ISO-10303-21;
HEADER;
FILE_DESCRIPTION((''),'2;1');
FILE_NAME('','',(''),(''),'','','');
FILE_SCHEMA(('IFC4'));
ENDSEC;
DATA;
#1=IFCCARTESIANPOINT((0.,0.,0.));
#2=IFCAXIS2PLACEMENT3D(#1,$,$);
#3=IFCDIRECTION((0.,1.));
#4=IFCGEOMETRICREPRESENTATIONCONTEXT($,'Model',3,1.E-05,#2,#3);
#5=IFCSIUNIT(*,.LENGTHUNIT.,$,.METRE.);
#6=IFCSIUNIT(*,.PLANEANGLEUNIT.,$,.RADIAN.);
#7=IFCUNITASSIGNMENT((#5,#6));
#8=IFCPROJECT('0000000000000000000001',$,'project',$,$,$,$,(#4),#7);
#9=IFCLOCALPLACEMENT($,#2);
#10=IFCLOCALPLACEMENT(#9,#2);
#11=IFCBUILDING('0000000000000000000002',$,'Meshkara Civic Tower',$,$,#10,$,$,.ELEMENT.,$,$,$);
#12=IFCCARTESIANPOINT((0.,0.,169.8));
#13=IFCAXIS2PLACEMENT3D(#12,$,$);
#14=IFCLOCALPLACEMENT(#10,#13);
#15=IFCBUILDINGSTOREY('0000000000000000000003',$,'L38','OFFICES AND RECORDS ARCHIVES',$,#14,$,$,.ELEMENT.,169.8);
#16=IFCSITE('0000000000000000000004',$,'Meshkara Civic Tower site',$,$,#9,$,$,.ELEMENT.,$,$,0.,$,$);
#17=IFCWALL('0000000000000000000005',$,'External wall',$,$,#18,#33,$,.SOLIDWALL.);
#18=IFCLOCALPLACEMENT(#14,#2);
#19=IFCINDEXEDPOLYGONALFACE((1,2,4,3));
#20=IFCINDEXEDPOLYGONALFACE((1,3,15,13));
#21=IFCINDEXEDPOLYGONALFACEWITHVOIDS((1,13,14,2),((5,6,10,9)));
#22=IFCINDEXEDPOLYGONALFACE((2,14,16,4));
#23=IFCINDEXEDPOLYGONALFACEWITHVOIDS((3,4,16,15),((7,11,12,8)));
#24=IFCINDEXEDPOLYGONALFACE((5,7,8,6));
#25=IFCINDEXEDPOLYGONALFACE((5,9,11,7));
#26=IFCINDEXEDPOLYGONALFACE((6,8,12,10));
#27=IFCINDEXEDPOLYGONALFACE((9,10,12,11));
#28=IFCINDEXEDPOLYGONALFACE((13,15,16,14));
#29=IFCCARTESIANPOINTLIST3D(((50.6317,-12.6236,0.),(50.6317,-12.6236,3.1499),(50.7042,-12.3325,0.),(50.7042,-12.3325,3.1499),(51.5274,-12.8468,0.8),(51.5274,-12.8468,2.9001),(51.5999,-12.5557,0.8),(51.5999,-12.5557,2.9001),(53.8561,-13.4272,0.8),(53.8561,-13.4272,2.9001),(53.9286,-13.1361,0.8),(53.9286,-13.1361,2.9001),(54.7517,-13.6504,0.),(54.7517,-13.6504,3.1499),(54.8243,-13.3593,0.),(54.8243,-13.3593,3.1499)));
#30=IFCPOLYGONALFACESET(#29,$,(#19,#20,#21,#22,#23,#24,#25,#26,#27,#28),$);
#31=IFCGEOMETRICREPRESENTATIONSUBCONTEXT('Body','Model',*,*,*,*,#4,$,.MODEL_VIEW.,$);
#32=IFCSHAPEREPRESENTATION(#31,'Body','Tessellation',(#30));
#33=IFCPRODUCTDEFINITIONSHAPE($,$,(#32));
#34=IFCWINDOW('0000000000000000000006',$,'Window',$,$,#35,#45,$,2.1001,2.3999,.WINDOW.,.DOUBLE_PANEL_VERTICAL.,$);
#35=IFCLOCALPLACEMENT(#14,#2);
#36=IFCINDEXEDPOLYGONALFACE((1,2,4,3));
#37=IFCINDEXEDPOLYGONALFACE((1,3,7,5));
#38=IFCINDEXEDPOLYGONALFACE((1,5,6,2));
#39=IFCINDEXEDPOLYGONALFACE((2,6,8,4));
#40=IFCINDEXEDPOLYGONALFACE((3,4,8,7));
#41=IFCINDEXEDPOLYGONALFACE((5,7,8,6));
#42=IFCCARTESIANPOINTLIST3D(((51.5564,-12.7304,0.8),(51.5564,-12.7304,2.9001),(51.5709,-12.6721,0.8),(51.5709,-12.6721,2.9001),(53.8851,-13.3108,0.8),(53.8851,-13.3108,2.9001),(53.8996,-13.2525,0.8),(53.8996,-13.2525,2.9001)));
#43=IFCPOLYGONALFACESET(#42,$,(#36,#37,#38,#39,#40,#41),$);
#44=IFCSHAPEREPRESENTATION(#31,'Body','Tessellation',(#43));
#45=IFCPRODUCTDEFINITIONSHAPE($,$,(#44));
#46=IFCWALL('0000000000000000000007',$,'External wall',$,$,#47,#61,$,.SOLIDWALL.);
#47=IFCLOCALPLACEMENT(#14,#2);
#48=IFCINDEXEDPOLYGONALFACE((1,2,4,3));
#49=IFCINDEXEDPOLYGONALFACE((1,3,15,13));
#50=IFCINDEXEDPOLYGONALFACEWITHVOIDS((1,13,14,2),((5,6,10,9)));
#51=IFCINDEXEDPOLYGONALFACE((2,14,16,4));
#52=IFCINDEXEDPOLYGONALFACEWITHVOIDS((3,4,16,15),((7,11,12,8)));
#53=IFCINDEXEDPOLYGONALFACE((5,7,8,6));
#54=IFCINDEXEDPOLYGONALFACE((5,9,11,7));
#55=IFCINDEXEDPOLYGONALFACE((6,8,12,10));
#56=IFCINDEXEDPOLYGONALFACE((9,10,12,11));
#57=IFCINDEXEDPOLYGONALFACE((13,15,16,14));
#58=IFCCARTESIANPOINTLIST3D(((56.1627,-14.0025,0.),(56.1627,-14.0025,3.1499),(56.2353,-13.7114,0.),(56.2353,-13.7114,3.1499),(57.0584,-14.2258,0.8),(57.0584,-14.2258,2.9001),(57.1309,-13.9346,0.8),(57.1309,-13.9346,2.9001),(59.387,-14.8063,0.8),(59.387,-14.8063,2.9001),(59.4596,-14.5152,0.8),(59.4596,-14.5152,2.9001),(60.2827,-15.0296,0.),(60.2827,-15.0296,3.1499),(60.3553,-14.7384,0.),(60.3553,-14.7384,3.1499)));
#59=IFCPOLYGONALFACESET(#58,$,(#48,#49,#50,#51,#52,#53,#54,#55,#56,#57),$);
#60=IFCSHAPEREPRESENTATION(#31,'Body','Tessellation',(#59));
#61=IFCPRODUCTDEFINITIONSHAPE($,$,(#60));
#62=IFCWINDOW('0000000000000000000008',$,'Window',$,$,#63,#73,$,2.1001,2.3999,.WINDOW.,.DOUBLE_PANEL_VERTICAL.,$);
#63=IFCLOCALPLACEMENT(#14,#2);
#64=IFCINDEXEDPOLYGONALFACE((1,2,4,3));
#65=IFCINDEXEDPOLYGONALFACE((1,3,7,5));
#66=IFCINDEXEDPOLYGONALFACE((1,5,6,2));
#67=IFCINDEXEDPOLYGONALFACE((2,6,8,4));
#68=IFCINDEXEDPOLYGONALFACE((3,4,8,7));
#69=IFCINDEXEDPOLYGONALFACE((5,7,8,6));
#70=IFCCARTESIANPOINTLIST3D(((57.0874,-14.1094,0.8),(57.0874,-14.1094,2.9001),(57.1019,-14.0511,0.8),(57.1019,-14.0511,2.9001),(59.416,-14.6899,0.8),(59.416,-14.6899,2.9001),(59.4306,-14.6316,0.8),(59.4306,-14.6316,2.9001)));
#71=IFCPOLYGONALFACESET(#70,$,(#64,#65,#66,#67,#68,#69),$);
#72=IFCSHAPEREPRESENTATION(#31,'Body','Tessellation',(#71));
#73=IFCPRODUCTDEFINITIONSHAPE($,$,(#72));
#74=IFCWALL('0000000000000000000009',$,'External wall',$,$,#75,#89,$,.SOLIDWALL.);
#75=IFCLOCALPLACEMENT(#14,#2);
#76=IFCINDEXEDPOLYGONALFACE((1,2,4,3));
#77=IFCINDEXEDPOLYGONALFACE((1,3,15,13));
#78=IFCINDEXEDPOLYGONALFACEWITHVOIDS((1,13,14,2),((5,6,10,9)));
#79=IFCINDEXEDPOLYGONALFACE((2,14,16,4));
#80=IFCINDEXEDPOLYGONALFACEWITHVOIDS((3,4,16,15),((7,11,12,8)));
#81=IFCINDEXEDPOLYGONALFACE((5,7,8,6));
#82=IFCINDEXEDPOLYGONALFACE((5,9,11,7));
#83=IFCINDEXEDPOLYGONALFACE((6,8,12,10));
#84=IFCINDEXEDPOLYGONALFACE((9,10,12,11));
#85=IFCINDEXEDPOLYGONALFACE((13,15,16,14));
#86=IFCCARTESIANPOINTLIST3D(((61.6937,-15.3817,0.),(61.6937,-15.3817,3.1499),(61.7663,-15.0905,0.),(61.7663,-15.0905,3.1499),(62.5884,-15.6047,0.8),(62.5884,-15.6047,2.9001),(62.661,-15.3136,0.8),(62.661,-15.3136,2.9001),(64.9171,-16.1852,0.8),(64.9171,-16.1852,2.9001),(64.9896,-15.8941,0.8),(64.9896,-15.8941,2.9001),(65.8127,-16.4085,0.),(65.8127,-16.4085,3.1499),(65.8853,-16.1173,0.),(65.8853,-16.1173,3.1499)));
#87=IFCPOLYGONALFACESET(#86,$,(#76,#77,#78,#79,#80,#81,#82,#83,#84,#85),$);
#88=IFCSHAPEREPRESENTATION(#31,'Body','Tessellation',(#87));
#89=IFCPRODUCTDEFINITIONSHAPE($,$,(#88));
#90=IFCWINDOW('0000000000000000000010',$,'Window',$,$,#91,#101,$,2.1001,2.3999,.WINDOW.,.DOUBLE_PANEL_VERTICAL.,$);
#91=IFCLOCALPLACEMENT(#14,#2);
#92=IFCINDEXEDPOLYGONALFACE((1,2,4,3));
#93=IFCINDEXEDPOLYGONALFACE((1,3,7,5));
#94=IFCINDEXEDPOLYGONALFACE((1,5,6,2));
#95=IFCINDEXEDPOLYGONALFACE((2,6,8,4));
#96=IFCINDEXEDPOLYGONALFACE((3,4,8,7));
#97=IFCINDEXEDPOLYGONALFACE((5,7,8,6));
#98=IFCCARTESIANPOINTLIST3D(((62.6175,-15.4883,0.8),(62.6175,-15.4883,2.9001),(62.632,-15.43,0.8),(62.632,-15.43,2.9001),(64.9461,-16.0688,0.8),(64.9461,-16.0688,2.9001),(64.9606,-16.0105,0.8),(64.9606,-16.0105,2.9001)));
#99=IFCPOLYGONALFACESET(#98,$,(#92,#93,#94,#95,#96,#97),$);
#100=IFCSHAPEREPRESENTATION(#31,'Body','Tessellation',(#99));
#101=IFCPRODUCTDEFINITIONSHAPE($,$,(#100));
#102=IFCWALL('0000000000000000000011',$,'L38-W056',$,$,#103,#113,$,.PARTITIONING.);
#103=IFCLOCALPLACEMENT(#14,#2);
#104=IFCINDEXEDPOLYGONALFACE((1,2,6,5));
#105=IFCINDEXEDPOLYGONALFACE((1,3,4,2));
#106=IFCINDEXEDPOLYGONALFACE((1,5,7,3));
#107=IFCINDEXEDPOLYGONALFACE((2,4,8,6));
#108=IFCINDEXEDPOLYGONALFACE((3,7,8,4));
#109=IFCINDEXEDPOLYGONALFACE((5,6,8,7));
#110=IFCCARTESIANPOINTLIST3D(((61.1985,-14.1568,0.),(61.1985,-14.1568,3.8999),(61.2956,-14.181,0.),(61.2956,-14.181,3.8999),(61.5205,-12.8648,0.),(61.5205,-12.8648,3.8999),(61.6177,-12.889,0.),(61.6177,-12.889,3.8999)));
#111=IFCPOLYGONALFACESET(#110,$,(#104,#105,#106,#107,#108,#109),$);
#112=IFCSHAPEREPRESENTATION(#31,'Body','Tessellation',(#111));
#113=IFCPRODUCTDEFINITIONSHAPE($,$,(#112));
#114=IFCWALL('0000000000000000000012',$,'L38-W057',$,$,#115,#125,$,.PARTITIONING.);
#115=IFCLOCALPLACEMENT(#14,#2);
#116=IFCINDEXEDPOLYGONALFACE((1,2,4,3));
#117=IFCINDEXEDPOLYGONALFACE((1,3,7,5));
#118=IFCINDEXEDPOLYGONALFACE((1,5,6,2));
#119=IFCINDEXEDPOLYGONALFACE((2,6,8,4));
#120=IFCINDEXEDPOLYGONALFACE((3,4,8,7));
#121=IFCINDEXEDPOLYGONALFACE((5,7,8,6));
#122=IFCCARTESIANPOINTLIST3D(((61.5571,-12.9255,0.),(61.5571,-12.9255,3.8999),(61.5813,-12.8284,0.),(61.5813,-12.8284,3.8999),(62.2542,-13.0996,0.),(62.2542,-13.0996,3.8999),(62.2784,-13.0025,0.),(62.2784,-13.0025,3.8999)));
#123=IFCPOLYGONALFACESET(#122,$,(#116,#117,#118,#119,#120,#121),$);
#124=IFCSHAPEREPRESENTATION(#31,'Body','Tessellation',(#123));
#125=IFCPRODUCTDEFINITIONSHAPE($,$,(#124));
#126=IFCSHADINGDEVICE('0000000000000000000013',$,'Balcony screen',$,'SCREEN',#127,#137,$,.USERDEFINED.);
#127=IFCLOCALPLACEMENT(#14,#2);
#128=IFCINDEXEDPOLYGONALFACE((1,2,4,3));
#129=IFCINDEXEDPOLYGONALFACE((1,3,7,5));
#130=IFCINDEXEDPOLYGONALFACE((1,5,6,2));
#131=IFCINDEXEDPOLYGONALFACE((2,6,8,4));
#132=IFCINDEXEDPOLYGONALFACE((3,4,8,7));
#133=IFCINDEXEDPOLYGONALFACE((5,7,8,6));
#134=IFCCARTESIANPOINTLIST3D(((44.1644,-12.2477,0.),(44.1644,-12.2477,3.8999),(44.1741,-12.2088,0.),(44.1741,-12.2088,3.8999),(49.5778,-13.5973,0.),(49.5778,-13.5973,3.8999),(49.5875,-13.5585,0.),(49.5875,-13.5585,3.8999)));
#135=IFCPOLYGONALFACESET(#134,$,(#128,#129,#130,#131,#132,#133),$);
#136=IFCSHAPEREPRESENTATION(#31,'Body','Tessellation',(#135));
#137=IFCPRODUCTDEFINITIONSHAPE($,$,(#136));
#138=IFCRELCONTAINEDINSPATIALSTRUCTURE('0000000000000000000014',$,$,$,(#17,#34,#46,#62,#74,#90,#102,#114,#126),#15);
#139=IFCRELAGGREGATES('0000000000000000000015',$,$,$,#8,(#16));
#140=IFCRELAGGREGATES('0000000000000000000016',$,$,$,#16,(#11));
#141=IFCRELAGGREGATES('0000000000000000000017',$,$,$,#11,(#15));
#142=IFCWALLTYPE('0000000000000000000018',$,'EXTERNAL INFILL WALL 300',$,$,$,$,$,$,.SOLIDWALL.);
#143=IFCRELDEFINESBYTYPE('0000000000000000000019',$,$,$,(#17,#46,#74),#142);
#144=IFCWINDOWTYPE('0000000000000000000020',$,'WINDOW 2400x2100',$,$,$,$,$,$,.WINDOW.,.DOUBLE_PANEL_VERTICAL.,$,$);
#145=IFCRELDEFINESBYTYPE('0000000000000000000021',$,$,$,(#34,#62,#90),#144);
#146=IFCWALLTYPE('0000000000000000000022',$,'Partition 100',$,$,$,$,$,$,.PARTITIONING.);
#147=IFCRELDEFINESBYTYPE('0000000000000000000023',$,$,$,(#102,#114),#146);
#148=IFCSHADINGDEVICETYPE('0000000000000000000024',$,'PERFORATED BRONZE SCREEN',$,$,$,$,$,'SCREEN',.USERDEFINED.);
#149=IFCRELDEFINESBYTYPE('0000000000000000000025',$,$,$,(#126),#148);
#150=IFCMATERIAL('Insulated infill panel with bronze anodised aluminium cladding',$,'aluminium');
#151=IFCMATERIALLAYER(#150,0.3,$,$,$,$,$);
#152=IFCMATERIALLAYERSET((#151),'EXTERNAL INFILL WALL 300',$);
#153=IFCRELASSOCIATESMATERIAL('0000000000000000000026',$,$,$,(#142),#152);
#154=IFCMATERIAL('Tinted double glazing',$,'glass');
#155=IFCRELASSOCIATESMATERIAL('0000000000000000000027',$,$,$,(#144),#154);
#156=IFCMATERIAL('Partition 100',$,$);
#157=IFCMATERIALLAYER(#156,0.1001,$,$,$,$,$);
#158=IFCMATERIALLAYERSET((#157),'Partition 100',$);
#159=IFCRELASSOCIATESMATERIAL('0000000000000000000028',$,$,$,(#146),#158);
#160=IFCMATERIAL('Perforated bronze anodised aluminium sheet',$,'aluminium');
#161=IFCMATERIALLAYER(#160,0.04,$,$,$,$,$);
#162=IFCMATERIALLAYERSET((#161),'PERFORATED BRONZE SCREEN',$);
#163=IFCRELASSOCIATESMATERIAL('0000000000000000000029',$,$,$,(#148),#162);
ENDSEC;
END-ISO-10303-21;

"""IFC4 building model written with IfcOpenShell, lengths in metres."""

from ifc_helpers import new_model, si_unit, direction, frame, frame_2d, origin, origin_2d, place, context, subcontext, project, spatial, rectangle, extrude, material, layer, layer_set, type_object, element, fill, save


model = new_model("IFC4")

# Units and contexts
model_context = context("Model", 3, precision=1e-05, world=origin(), true_north=direction((0.0, 1.0)))
body_context = subcontext(model_context, "Body", "Model", "MODEL_VIEW")
ifc_project = project(units=[si_unit("LENGTHUNIT", "METRE"), si_unit("PLANEANGLEUNIT", "RADIAN")], contexts=[model_context])

# Site, building, storey
site_placement = place(None, origin())
site = spatial("IfcSite", under=ifc_project, at=site_placement, Name="Meshkara Civic Tower site", CompositionType="ELEMENT", RefElevation=0.0)
building_placement = place(site_placement, origin())
building = spatial("IfcBuilding", under=site, at=building_placement, Name="Meshkara Civic Tower", CompositionType="ELEMENT")
storey_placement = place(building_placement, frame((0.0, 0.0, 169.8)))
storey = spatial("IfcBuildingStorey", under=building, at=storey_placement, Name="L38", Description="OFFICES AND RECORDS ARCHIVES", CompositionType="ELEMENT", Elevation=169.8)

# Walls, openings, windows
ifc_material_1 = material(Name="Insulated infill panel with bronze anodised aluminium cladding", Category="aluminium")
ifc_layer_1 = layer(ifc_material_1, 0.3)
ifc_layer_set_1 = layer_set([ifc_layer_1], Name="EXTERNAL INFILL WALL 300")
wall_type_1 = type_object("IfcWallType", Name="EXTERNAL INFILL WALL 300", PredefinedType="SOLIDWALL", material=ifc_layer_set_1)
wall_1_placement = place(storey_placement, frame((50.668, -12.478, 0.0), z_axis=(0.0, 0.0, 1.0), x_axis=(0.970318, -0.241832, 0.0)))
wall_1 = element("IfcWall", 1, at=wall_1_placement, inside=storey, type_object=wall_type_1, Name="External wall", PredefinedType="SOLIDWALL", context=body_context, shape_type="SweptSolid", body=[
    extrude(rectangle(XDim=4.2461, YDim=0.3, at=frame_2d((2.123, 0.0))), origin(), (0.0, 0.0, 1.0), 3.1499),
])
opening_1_placement = place(wall_1_placement, frame((0.9231, 0.0, 0.8)))
opening_1 = element("IfcOpeningElement", 2, at=opening_1_placement, cuts=wall_1, PredefinedType="OPENING", context=body_context, shape_type="SweptSolid", body=[
    extrude(rectangle(XDim=2.3999, YDim=2.1001, at=frame_2d((1.2, 1.05))), frame((0.0, 0.1599, 0.0), z_axis=(0.0, -1.0, 0.0), x_axis=(1.0, 0.0, 0.0)), (0.0, 0.0, 1.0), 0.3201),
])
ifc_material_2 = material(Name="Tinted double glazing", Category="glass")
window_type = type_object("IfcWindowType", Name="WINDOW 2400x2100", PartitioningType="DOUBLE_PANEL_VERTICAL", PredefinedType="WINDOW", material=ifc_material_2)
window_1_placement = place(opening_1_placement, origin())
window_1 = element("IfcWindow", 3, at=window_1_placement, inside=storey, type_object=window_type, Name="Window", OverallHeight=2.1001, OverallWidth=2.3999, PartitioningType="DOUBLE_PANEL_VERTICAL", PredefinedType="WINDOW", context=body_context, shape_type="SweptSolid", body=[
    extrude(rectangle(XDim=2.3999, YDim=2.1001, at=frame_2d((1.2, 1.05))), frame((0.0, 0.03, 0.0), z_axis=(0.0, -1.0, 0.0), x_axis=(1.0, 0.0, 0.0)), (0.0, 0.0, 1.0), 0.0601),
])
fill(opening_1, window_1)
wall_2_placement = place(storey_placement, frame((56.199, -13.8569, 0.0), z_axis=(0.0, 0.0, 1.0), x_axis=(0.970305, -0.241886, 0.0)))
wall_2 = element("IfcWall", 4, at=wall_2_placement, inside=storey, type_object=wall_type_1, Name="External wall", PredefinedType="SOLIDWALL", context=body_context, shape_type="SweptSolid", body=[
    extrude(rectangle(XDim=4.2461, YDim=0.3, at=frame_2d((2.123, 0.0))), origin(), (0.0, 0.0, 1.0), 3.1499),
])
opening_2_placement = place(wall_2_placement, frame((0.9231, 0.0, 0.8)))
opening_2 = element("IfcOpeningElement", 5, at=opening_2_placement, cuts=wall_2, PredefinedType="OPENING", context=body_context, shape_type="SweptSolid", body=[
    extrude(rectangle(XDim=2.3999, YDim=2.1001, at=frame_2d((1.2, 1.05))), frame((0.0, 0.1599, 0.0), z_axis=(0.0, -1.0, 0.0), x_axis=(1.0, 0.0, 0.0)), (0.0, 0.0, 1.0), 0.3201),
])
window_2_placement = place(opening_2_placement, origin())
window_2 = element("IfcWindow", 6, at=window_2_placement, inside=storey, type_object=window_type, Name="Window", OverallHeight=2.1001, OverallWidth=2.3999, PartitioningType="DOUBLE_PANEL_VERTICAL", PredefinedType="WINDOW", context=body_context, shape_type="SweptSolid", body=[
    extrude(rectangle(XDim=2.3999, YDim=2.1001, at=frame_2d((1.2, 1.05))), frame((0.0, 0.03, 0.0), z_axis=(0.0, -1.0, 0.0), x_axis=(1.0, 0.0, 0.0)), (0.0, 0.0, 1.0), 0.0601),
])
fill(opening_2, window_2)
wall_3_placement = place(storey_placement, frame((61.73, -15.2361, 0.0), z_axis=(0.0, 0.0, 1.0), x_axis=(0.970305, -0.241886, 0.0)))
wall_3 = element("IfcWall", 7, at=wall_3_placement, inside=storey, type_object=wall_type_1, Name="External wall", PredefinedType="SOLIDWALL", context=body_context, shape_type="SweptSolid", body=[
    extrude(rectangle(XDim=4.2451, YDim=0.3, at=frame_2d((2.1226, 0.0))), origin(), (0.0, 0.0, 1.0), 3.1499),
])
opening_3_placement = place(wall_3_placement, frame((0.9221, 0.0, 0.8)))
opening_3 = element("IfcOpeningElement", 8, at=opening_3_placement, cuts=wall_3, PredefinedType="OPENING", context=body_context, shape_type="SweptSolid", body=[
    extrude(rectangle(XDim=2.3999, YDim=2.1001, at=frame_2d((1.2, 1.05))), frame((0.0, 0.1599, 0.0), z_axis=(0.0, -1.0, 0.0), x_axis=(1.0, 0.0, 0.0)), (0.0, 0.0, 1.0), 0.3201),
])
window_3_placement = place(opening_3_placement, origin())
window_3 = element("IfcWindow", 9, at=window_3_placement, inside=storey, type_object=window_type, Name="Window", OverallHeight=2.1001, OverallWidth=2.3999, PartitioningType="DOUBLE_PANEL_VERTICAL", PredefinedType="WINDOW", context=body_context, shape_type="SweptSolid", body=[
    extrude(rectangle(XDim=2.3999, YDim=2.1001, at=frame_2d((1.2, 1.05))), frame((0.0, 0.03, 0.0), z_axis=(0.0, -1.0, 0.0), x_axis=(1.0, 0.0, 0.0)), (0.0, 0.0, 1.0), 0.0601),
])
fill(opening_3, window_3)

# Walls
ifc_material_3 = material(Name="Partition 100")
ifc_layer_2 = layer(ifc_material_3, 0.1001)
ifc_layer_set_2 = layer_set([ifc_layer_2], Name="Partition 100")
wall_type_2 = type_object("IfcWallType", Name="Partition 100", PredefinedType="PARTITIONING", material=ifc_layer_set_2)
wall_4_placement = place(storey_placement, frame((61.2471, -14.1689, 0.0), z_axis=(0.0, 0.0, 1.0), x_axis=(0.241845, 0.970315, 0.0)))
element("IfcWall", 10, at=wall_4_placement, inside=storey, type_object=wall_type_2, Name="L38-W056", PredefinedType="PARTITIONING", context=body_context, shape_type="SweptSolid", body=[
    extrude(rectangle(XDim=1.3315, YDim=0.1001, at=frame_2d((0.6658, 0.0))), origin(), (0.0, 0.0, 1.0), 3.8999),
])
wall_5_placement = place(storey_placement, frame((61.5691, -12.877, 0.0), z_axis=(0.0, 0.0, 1.0), x_axis=(0.970202, -0.242296, 0.0)))
element("IfcWall", 11, at=wall_5_placement, inside=storey, type_object=wall_type_2, Name="L38-W057", PredefinedType="PARTITIONING", context=body_context, shape_type="SweptSolid", body=[
    extrude(rectangle(XDim=0.7185, YDim=0.1001, at=frame_2d((0.3594, 0.0))), origin(), (0.0, 0.0, 1.0), 3.8999),
])

# Shading device
ifc_material_4 = material(Name="Perforated bronze anodised aluminium sheet", Category="aluminium")
ifc_layer_3 = layer(ifc_material_4, 0.04)
ifc_layer_set_3 = layer_set([ifc_layer_3], Name="PERFORATED BRONZE SCREEN")
shading_device_type = type_object("IfcShadingDeviceType", Name="PERFORATED BRONZE SCREEN", ElementType="SCREEN", PredefinedType="USERDEFINED", material=ifc_layer_set_3)
shading_device_placement = place(storey_placement, frame((46.876, -12.9031, 0.0), z_axis=(0.0, 0.0, 1.0), x_axis=(0.9703, -0.241905, 0.0)))
element("IfcShadingDevice", 12, at=shading_device_placement, inside=storey, type_object=shading_device_type, Name="Balcony screen", ObjectType="SCREEN", PredefinedType="USERDEFINED", context=body_context, shape_type="SweptSolid", body=[
    extrude(rectangle(XDim=5.5791, YDim=0.04, at=origin_2d()), origin(), (0.0, 0.0, 1.0), 3.8999),
])

save(model, "model.ifc")
